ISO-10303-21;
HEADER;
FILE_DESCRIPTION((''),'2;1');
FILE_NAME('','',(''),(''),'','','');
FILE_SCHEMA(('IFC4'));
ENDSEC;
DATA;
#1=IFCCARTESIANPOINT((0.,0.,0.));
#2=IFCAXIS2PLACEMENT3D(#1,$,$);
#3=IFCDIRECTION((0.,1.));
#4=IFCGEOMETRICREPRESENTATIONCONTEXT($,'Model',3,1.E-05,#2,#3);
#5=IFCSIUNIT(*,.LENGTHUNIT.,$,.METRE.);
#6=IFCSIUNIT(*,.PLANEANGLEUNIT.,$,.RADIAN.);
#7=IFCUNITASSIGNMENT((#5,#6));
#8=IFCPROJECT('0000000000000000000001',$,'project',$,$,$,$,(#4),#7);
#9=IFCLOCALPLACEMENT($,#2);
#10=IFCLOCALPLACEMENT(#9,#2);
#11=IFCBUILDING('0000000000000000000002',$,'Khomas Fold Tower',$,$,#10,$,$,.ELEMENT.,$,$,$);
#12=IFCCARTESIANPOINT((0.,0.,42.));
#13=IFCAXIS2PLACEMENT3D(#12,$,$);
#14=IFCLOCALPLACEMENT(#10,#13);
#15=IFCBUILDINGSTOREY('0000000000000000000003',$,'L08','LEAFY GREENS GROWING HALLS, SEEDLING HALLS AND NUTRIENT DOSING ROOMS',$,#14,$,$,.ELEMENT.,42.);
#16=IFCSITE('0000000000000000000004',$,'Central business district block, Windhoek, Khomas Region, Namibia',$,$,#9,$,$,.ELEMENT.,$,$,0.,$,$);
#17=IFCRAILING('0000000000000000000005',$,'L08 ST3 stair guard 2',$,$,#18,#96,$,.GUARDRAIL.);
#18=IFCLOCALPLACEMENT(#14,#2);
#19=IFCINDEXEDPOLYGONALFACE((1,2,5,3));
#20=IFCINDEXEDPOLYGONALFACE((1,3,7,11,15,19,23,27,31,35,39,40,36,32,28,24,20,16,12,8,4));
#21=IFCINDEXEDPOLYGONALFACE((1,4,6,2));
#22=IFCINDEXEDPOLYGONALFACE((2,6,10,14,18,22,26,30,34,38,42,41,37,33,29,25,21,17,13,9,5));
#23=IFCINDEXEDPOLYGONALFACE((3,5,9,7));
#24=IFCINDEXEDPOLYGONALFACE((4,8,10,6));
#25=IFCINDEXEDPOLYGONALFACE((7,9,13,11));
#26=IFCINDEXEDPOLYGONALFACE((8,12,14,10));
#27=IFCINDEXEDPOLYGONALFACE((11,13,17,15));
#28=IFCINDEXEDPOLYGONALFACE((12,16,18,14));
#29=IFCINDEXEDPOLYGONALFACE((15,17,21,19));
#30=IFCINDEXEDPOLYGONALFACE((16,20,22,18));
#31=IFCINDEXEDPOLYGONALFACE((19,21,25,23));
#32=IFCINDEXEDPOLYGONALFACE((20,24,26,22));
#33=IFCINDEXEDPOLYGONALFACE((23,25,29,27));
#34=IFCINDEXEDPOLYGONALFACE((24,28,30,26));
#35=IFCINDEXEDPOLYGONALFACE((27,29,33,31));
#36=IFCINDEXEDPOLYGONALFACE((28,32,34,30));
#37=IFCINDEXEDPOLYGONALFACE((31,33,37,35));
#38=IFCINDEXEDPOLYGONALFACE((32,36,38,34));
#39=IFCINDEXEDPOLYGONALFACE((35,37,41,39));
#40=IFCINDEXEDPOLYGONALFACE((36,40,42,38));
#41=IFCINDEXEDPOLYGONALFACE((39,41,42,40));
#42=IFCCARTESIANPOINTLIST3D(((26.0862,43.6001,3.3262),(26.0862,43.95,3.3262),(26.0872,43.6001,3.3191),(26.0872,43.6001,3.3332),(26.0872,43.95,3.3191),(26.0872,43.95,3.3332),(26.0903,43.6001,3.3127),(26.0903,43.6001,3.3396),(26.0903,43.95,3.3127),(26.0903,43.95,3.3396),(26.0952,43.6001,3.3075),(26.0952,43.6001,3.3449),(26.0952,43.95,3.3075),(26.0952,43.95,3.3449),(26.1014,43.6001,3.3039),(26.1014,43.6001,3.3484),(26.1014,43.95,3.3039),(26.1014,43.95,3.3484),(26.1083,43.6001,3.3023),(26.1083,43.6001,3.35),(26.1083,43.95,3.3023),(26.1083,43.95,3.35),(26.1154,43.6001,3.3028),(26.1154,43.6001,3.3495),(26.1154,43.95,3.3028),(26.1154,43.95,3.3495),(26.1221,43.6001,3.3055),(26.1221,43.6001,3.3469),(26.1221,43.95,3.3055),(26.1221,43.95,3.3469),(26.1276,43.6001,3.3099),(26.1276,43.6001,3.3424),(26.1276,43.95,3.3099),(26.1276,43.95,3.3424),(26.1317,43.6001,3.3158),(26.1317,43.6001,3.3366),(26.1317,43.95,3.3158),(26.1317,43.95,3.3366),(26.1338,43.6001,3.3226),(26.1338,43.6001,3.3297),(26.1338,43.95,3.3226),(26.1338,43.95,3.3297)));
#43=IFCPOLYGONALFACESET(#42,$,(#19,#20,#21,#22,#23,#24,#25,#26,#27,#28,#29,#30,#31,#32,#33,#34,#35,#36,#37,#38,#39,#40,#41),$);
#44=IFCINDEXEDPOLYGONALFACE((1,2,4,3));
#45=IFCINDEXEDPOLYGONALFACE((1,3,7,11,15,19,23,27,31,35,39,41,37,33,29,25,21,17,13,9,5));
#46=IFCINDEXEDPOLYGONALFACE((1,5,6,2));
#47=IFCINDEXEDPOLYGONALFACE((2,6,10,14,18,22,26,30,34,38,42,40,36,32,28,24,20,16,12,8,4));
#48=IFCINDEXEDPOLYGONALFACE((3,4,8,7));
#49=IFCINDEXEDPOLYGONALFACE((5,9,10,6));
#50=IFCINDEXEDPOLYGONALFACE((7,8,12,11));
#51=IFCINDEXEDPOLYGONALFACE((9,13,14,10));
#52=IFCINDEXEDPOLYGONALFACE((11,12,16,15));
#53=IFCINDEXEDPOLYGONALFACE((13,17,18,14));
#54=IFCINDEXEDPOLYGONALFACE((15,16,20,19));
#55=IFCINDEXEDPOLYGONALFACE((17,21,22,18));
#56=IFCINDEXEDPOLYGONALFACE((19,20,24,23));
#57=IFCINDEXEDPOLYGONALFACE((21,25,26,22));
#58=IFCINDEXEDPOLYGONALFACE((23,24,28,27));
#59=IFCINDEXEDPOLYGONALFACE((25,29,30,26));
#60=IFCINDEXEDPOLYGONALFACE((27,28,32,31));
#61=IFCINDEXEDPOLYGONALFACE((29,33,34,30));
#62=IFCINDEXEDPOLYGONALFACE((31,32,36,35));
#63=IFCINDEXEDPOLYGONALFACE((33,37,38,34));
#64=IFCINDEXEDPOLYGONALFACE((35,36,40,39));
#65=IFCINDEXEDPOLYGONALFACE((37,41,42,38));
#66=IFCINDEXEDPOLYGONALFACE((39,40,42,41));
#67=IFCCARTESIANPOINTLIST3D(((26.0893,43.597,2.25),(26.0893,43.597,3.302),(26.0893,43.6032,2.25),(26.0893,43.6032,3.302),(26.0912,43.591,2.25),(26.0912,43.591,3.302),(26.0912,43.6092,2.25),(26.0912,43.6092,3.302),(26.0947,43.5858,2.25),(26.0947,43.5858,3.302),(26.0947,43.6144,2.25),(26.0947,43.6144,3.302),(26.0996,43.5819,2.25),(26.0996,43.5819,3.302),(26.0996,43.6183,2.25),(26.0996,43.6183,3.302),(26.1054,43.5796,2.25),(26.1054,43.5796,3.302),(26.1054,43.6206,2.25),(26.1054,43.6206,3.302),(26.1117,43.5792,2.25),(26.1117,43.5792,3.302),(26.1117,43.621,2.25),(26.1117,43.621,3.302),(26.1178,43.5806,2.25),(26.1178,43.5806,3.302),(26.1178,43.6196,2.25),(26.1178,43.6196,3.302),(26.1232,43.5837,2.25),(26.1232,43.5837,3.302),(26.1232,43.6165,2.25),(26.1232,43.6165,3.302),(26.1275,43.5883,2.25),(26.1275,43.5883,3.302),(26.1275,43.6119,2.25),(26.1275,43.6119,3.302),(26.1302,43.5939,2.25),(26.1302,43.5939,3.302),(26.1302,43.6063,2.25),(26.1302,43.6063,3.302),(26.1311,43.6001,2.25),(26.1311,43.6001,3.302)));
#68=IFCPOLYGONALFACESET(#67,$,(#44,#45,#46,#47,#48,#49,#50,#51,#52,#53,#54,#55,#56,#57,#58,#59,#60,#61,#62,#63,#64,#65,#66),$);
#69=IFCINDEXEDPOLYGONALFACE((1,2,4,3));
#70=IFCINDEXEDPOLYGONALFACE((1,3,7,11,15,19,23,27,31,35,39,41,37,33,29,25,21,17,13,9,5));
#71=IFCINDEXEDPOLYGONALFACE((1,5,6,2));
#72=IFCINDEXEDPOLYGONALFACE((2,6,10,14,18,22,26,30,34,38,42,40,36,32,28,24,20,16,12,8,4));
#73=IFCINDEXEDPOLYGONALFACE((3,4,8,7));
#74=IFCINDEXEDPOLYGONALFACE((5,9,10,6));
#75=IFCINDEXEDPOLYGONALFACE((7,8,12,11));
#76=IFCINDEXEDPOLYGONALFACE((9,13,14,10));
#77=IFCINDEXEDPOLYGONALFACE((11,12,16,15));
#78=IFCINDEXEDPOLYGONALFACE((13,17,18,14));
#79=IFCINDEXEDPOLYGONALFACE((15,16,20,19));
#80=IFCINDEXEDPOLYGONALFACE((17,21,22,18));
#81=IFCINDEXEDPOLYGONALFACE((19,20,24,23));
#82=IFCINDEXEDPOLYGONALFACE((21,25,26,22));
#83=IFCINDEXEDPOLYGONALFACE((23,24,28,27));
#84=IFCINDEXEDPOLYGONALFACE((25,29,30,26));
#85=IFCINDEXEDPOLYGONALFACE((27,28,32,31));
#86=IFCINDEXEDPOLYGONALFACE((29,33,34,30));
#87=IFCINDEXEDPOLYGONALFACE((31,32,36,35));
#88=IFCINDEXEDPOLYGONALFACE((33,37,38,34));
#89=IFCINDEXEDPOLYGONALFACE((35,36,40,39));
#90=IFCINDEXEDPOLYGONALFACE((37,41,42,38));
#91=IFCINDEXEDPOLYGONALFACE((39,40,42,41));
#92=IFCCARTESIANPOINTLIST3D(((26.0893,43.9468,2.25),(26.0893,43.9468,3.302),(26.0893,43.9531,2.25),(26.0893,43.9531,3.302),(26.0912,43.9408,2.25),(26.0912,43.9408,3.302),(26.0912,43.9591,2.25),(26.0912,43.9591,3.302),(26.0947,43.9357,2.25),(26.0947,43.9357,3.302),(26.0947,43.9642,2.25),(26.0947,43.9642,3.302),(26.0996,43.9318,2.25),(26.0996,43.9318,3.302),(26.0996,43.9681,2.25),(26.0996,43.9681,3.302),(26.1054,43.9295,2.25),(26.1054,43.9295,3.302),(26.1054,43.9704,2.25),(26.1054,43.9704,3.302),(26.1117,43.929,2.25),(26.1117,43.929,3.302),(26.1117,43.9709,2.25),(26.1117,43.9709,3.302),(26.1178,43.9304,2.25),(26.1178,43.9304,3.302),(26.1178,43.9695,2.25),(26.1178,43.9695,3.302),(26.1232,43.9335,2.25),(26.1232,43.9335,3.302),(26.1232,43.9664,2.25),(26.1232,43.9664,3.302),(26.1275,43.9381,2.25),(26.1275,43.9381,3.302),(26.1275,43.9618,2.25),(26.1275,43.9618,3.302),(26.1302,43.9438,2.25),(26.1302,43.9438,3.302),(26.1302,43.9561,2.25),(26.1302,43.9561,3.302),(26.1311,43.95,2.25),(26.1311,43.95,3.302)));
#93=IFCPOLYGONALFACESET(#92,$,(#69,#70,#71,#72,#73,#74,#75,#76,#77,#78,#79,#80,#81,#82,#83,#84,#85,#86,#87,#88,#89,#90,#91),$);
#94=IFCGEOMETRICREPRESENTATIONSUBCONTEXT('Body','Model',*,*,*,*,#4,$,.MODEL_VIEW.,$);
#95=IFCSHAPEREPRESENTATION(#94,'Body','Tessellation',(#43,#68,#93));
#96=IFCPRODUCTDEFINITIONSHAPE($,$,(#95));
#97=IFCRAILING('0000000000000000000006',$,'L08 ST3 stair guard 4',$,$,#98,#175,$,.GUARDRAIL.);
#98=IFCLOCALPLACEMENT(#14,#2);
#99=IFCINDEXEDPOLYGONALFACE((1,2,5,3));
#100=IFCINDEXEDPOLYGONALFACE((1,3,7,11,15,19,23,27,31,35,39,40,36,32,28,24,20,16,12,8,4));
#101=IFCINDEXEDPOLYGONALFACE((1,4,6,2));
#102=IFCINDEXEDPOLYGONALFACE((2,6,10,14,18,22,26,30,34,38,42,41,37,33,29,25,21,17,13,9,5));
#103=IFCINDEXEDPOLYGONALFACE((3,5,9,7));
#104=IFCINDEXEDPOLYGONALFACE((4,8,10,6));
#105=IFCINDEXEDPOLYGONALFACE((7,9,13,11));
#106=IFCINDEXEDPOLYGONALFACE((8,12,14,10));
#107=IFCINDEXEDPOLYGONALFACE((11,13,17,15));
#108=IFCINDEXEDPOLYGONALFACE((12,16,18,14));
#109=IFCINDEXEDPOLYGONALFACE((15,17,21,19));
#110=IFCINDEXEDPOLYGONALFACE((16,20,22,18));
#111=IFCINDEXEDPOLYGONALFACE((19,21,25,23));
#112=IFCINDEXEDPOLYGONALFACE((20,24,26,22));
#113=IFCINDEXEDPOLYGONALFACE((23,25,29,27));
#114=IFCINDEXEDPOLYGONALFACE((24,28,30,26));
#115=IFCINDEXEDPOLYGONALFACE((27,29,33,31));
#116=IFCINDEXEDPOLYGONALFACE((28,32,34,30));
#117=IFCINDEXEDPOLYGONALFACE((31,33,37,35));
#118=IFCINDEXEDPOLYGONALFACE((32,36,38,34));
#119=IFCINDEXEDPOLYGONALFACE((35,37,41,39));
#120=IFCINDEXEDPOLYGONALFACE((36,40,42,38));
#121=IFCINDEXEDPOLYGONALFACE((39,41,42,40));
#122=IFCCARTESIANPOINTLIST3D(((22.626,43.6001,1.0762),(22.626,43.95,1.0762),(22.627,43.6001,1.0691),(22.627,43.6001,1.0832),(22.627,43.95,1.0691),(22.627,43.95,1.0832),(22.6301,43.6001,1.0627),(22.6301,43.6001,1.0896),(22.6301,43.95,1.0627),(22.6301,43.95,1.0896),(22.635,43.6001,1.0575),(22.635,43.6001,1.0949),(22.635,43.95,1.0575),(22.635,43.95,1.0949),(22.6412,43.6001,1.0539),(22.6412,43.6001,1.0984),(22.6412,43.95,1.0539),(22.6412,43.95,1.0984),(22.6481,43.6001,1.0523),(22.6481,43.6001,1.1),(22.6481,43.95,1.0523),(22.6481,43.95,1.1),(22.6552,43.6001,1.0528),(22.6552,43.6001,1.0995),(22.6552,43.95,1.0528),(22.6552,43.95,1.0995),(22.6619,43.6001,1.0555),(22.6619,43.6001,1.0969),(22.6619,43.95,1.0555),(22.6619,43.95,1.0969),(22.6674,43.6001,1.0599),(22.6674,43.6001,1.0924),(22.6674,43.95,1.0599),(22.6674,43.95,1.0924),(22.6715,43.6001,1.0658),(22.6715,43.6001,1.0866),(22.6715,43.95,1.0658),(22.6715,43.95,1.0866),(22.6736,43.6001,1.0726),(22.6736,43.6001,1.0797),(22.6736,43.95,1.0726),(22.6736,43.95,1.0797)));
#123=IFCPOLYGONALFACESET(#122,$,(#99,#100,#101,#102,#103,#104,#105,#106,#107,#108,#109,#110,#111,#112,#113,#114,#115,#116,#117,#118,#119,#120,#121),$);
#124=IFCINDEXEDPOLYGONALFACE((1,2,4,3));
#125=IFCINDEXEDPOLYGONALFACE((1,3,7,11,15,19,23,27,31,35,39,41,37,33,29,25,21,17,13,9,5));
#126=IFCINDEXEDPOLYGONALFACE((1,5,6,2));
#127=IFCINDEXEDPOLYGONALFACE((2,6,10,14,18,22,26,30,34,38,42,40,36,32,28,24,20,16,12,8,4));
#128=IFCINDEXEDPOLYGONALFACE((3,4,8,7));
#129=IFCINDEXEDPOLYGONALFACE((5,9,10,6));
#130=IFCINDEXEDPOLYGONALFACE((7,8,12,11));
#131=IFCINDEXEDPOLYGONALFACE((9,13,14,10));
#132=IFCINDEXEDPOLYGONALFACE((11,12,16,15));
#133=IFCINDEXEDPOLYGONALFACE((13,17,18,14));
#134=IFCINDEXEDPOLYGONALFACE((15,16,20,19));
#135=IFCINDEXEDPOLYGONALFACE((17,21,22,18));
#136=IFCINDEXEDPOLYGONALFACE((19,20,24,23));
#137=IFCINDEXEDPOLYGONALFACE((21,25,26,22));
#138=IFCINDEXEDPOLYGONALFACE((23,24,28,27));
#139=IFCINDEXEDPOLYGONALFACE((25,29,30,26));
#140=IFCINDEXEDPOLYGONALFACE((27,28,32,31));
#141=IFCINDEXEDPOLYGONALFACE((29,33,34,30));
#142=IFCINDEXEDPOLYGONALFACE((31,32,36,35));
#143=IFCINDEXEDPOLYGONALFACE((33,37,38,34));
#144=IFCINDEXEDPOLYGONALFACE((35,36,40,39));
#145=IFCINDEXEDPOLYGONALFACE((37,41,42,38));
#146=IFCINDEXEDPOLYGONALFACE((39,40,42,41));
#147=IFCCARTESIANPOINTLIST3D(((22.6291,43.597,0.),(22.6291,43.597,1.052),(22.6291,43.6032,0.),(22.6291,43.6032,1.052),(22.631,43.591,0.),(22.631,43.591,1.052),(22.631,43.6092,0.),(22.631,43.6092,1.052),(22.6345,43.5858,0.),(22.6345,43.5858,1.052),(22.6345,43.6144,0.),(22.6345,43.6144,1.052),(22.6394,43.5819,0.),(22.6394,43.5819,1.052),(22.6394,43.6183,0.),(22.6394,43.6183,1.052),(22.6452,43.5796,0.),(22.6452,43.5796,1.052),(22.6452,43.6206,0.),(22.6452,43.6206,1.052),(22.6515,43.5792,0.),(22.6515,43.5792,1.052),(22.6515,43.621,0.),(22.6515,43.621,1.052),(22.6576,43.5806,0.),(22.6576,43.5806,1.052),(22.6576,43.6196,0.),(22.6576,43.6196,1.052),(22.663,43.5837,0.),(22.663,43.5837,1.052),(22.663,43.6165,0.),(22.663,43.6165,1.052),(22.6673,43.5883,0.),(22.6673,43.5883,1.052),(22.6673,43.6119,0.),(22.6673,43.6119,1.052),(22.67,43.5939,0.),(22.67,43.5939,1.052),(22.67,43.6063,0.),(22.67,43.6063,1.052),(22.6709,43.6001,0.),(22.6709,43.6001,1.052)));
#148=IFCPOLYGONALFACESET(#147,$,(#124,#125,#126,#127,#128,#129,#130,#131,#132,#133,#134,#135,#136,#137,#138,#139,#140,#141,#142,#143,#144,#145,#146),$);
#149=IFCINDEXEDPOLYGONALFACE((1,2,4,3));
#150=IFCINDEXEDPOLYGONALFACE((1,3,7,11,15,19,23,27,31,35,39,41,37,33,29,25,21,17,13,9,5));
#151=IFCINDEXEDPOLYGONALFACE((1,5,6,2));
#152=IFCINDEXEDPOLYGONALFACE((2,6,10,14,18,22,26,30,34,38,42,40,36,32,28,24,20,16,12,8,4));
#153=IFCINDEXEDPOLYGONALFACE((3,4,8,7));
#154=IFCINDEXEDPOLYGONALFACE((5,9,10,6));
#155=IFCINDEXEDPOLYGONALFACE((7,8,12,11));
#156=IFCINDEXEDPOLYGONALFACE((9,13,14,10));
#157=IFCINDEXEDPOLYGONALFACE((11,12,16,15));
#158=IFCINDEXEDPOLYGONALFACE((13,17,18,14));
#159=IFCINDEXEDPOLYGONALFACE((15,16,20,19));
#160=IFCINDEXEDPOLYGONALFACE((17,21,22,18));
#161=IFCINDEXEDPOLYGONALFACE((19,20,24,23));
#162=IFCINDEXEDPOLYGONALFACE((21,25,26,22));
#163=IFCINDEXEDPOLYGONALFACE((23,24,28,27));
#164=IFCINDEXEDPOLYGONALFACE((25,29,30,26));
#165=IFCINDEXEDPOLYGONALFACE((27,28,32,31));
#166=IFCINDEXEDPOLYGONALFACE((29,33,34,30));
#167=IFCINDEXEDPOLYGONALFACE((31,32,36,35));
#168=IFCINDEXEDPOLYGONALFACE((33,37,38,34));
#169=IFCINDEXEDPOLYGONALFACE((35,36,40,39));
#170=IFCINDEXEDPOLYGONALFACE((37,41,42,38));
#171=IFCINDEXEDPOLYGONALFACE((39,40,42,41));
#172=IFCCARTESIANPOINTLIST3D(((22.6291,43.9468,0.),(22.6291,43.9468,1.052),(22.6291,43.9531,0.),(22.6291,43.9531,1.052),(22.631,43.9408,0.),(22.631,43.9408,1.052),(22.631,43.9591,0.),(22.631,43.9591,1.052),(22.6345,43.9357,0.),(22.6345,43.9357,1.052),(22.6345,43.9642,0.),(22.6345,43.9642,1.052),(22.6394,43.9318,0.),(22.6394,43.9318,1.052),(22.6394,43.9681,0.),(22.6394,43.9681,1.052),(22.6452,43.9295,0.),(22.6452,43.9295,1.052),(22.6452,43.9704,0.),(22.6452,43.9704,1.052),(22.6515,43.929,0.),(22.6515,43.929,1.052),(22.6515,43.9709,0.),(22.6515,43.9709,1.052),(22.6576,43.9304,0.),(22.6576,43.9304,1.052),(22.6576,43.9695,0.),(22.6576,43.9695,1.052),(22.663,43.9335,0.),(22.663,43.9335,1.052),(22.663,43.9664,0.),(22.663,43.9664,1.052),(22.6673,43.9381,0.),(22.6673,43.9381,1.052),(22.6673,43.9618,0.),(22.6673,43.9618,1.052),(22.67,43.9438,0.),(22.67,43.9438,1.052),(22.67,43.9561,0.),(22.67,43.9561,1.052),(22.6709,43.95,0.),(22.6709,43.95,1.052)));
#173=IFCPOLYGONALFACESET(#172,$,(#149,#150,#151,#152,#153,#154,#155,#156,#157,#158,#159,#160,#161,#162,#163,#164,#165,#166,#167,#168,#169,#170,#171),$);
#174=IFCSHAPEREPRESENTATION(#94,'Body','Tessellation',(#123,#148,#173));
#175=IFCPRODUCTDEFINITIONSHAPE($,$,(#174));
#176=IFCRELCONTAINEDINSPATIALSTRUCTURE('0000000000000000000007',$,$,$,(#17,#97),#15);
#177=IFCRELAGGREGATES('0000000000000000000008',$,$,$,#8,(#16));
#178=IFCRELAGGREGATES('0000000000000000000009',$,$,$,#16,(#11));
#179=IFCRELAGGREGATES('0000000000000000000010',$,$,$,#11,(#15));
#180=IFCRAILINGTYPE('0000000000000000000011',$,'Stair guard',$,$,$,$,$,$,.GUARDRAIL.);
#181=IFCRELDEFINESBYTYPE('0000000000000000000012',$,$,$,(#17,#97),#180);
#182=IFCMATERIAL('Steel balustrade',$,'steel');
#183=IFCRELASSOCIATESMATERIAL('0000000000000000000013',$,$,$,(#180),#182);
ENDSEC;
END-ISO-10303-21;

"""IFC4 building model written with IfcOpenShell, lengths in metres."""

from ifc_helpers import new_model, si_unit, direction, frame, origin, origin_2d, place, context, subcontext, project, spatial, circle, extrude, source, transform, mapped, material, type_object, element, save


model = new_model("IFC4")

# Units and contexts
model_context = context("Model", 3, precision=1e-05, world=origin(), true_north=direction((0.0, 1.0)))
body_context = subcontext(model_context, "Body", "Model", "MODEL_VIEW")
ifc_project = project(units=[si_unit("LENGTHUNIT", "METRE"), si_unit("PLANEANGLEUNIT", "RADIAN")], contexts=[model_context])

# Site, building, storey
site_placement = place(None, origin())
site = spatial("IfcSite", under=ifc_project, at=site_placement, Name="Central business district block, Windhoek, Khomas Region, Namibia", CompositionType="ELEMENT", RefElevation=0.0)
building_placement = place(site_placement, origin())
building = spatial("IfcBuilding", under=site, at=building_placement, Name="Khomas Fold Tower", CompositionType="ELEMENT")
storey_placement = place(building_placement, frame((0.0, 0.0, 42.0)))
storey = spatial("IfcBuildingStorey", under=building, at=storey_placement, Name="L08", Description="LEAFY GREENS GROWING HALLS, SEEDLING HALLS AND NUTRIENT DOSING ROOMS", CompositionType="ELEMENT", Elevation=42.0)

# Railings
ifc_material_1 = material(Name="Steel balustrade", Category="steel")
railing_type_1 = type_object("IfcRailingType", Name="Stair guard", PredefinedType="GUARDRAIL", material=ifc_material_1)
shared_shape_1 = source(origin(), body_context, "Body", "SweptSolid", [
    extrude(circle(Radius=0.0239, at=origin_2d()), frame((0.0, 0.0, 1.0762), z_axis=(0.0, 1.0, 0.0), x_axis=(-1.0, 0.0, 0.0)), (0.0, 0.0, 1.0), 0.3499),
    extrude(circle(Radius=0.021, at=origin_2d()), origin(), (0.0, 0.0, 1.0), 1.052),
    extrude(circle(Radius=0.021, at=origin_2d()), frame((0.0, 0.3499, 0.0)), (0.0, 0.0, 1.0), 1.052),
])
for number, where, name in (
    (1, (26.1101, 43.6001, 2.25), "L08 ST3 stair guard 2"),
    (2, (22.6499, 43.6001, 0.0), "L08 ST3 stair guard 4"),
):
    element("IfcRailing", number, at=place(storey_placement, frame(where)), inside=storey, type_object=railing_type_1, Name=name, PredefinedType="GUARDRAIL", context=body_context, shape_type="MappedRepresentation", body=[
        mapped(shared_shape_1, transform((0.0, 0.0, 0.0))),
    ])

save(model, "model.ifc")
